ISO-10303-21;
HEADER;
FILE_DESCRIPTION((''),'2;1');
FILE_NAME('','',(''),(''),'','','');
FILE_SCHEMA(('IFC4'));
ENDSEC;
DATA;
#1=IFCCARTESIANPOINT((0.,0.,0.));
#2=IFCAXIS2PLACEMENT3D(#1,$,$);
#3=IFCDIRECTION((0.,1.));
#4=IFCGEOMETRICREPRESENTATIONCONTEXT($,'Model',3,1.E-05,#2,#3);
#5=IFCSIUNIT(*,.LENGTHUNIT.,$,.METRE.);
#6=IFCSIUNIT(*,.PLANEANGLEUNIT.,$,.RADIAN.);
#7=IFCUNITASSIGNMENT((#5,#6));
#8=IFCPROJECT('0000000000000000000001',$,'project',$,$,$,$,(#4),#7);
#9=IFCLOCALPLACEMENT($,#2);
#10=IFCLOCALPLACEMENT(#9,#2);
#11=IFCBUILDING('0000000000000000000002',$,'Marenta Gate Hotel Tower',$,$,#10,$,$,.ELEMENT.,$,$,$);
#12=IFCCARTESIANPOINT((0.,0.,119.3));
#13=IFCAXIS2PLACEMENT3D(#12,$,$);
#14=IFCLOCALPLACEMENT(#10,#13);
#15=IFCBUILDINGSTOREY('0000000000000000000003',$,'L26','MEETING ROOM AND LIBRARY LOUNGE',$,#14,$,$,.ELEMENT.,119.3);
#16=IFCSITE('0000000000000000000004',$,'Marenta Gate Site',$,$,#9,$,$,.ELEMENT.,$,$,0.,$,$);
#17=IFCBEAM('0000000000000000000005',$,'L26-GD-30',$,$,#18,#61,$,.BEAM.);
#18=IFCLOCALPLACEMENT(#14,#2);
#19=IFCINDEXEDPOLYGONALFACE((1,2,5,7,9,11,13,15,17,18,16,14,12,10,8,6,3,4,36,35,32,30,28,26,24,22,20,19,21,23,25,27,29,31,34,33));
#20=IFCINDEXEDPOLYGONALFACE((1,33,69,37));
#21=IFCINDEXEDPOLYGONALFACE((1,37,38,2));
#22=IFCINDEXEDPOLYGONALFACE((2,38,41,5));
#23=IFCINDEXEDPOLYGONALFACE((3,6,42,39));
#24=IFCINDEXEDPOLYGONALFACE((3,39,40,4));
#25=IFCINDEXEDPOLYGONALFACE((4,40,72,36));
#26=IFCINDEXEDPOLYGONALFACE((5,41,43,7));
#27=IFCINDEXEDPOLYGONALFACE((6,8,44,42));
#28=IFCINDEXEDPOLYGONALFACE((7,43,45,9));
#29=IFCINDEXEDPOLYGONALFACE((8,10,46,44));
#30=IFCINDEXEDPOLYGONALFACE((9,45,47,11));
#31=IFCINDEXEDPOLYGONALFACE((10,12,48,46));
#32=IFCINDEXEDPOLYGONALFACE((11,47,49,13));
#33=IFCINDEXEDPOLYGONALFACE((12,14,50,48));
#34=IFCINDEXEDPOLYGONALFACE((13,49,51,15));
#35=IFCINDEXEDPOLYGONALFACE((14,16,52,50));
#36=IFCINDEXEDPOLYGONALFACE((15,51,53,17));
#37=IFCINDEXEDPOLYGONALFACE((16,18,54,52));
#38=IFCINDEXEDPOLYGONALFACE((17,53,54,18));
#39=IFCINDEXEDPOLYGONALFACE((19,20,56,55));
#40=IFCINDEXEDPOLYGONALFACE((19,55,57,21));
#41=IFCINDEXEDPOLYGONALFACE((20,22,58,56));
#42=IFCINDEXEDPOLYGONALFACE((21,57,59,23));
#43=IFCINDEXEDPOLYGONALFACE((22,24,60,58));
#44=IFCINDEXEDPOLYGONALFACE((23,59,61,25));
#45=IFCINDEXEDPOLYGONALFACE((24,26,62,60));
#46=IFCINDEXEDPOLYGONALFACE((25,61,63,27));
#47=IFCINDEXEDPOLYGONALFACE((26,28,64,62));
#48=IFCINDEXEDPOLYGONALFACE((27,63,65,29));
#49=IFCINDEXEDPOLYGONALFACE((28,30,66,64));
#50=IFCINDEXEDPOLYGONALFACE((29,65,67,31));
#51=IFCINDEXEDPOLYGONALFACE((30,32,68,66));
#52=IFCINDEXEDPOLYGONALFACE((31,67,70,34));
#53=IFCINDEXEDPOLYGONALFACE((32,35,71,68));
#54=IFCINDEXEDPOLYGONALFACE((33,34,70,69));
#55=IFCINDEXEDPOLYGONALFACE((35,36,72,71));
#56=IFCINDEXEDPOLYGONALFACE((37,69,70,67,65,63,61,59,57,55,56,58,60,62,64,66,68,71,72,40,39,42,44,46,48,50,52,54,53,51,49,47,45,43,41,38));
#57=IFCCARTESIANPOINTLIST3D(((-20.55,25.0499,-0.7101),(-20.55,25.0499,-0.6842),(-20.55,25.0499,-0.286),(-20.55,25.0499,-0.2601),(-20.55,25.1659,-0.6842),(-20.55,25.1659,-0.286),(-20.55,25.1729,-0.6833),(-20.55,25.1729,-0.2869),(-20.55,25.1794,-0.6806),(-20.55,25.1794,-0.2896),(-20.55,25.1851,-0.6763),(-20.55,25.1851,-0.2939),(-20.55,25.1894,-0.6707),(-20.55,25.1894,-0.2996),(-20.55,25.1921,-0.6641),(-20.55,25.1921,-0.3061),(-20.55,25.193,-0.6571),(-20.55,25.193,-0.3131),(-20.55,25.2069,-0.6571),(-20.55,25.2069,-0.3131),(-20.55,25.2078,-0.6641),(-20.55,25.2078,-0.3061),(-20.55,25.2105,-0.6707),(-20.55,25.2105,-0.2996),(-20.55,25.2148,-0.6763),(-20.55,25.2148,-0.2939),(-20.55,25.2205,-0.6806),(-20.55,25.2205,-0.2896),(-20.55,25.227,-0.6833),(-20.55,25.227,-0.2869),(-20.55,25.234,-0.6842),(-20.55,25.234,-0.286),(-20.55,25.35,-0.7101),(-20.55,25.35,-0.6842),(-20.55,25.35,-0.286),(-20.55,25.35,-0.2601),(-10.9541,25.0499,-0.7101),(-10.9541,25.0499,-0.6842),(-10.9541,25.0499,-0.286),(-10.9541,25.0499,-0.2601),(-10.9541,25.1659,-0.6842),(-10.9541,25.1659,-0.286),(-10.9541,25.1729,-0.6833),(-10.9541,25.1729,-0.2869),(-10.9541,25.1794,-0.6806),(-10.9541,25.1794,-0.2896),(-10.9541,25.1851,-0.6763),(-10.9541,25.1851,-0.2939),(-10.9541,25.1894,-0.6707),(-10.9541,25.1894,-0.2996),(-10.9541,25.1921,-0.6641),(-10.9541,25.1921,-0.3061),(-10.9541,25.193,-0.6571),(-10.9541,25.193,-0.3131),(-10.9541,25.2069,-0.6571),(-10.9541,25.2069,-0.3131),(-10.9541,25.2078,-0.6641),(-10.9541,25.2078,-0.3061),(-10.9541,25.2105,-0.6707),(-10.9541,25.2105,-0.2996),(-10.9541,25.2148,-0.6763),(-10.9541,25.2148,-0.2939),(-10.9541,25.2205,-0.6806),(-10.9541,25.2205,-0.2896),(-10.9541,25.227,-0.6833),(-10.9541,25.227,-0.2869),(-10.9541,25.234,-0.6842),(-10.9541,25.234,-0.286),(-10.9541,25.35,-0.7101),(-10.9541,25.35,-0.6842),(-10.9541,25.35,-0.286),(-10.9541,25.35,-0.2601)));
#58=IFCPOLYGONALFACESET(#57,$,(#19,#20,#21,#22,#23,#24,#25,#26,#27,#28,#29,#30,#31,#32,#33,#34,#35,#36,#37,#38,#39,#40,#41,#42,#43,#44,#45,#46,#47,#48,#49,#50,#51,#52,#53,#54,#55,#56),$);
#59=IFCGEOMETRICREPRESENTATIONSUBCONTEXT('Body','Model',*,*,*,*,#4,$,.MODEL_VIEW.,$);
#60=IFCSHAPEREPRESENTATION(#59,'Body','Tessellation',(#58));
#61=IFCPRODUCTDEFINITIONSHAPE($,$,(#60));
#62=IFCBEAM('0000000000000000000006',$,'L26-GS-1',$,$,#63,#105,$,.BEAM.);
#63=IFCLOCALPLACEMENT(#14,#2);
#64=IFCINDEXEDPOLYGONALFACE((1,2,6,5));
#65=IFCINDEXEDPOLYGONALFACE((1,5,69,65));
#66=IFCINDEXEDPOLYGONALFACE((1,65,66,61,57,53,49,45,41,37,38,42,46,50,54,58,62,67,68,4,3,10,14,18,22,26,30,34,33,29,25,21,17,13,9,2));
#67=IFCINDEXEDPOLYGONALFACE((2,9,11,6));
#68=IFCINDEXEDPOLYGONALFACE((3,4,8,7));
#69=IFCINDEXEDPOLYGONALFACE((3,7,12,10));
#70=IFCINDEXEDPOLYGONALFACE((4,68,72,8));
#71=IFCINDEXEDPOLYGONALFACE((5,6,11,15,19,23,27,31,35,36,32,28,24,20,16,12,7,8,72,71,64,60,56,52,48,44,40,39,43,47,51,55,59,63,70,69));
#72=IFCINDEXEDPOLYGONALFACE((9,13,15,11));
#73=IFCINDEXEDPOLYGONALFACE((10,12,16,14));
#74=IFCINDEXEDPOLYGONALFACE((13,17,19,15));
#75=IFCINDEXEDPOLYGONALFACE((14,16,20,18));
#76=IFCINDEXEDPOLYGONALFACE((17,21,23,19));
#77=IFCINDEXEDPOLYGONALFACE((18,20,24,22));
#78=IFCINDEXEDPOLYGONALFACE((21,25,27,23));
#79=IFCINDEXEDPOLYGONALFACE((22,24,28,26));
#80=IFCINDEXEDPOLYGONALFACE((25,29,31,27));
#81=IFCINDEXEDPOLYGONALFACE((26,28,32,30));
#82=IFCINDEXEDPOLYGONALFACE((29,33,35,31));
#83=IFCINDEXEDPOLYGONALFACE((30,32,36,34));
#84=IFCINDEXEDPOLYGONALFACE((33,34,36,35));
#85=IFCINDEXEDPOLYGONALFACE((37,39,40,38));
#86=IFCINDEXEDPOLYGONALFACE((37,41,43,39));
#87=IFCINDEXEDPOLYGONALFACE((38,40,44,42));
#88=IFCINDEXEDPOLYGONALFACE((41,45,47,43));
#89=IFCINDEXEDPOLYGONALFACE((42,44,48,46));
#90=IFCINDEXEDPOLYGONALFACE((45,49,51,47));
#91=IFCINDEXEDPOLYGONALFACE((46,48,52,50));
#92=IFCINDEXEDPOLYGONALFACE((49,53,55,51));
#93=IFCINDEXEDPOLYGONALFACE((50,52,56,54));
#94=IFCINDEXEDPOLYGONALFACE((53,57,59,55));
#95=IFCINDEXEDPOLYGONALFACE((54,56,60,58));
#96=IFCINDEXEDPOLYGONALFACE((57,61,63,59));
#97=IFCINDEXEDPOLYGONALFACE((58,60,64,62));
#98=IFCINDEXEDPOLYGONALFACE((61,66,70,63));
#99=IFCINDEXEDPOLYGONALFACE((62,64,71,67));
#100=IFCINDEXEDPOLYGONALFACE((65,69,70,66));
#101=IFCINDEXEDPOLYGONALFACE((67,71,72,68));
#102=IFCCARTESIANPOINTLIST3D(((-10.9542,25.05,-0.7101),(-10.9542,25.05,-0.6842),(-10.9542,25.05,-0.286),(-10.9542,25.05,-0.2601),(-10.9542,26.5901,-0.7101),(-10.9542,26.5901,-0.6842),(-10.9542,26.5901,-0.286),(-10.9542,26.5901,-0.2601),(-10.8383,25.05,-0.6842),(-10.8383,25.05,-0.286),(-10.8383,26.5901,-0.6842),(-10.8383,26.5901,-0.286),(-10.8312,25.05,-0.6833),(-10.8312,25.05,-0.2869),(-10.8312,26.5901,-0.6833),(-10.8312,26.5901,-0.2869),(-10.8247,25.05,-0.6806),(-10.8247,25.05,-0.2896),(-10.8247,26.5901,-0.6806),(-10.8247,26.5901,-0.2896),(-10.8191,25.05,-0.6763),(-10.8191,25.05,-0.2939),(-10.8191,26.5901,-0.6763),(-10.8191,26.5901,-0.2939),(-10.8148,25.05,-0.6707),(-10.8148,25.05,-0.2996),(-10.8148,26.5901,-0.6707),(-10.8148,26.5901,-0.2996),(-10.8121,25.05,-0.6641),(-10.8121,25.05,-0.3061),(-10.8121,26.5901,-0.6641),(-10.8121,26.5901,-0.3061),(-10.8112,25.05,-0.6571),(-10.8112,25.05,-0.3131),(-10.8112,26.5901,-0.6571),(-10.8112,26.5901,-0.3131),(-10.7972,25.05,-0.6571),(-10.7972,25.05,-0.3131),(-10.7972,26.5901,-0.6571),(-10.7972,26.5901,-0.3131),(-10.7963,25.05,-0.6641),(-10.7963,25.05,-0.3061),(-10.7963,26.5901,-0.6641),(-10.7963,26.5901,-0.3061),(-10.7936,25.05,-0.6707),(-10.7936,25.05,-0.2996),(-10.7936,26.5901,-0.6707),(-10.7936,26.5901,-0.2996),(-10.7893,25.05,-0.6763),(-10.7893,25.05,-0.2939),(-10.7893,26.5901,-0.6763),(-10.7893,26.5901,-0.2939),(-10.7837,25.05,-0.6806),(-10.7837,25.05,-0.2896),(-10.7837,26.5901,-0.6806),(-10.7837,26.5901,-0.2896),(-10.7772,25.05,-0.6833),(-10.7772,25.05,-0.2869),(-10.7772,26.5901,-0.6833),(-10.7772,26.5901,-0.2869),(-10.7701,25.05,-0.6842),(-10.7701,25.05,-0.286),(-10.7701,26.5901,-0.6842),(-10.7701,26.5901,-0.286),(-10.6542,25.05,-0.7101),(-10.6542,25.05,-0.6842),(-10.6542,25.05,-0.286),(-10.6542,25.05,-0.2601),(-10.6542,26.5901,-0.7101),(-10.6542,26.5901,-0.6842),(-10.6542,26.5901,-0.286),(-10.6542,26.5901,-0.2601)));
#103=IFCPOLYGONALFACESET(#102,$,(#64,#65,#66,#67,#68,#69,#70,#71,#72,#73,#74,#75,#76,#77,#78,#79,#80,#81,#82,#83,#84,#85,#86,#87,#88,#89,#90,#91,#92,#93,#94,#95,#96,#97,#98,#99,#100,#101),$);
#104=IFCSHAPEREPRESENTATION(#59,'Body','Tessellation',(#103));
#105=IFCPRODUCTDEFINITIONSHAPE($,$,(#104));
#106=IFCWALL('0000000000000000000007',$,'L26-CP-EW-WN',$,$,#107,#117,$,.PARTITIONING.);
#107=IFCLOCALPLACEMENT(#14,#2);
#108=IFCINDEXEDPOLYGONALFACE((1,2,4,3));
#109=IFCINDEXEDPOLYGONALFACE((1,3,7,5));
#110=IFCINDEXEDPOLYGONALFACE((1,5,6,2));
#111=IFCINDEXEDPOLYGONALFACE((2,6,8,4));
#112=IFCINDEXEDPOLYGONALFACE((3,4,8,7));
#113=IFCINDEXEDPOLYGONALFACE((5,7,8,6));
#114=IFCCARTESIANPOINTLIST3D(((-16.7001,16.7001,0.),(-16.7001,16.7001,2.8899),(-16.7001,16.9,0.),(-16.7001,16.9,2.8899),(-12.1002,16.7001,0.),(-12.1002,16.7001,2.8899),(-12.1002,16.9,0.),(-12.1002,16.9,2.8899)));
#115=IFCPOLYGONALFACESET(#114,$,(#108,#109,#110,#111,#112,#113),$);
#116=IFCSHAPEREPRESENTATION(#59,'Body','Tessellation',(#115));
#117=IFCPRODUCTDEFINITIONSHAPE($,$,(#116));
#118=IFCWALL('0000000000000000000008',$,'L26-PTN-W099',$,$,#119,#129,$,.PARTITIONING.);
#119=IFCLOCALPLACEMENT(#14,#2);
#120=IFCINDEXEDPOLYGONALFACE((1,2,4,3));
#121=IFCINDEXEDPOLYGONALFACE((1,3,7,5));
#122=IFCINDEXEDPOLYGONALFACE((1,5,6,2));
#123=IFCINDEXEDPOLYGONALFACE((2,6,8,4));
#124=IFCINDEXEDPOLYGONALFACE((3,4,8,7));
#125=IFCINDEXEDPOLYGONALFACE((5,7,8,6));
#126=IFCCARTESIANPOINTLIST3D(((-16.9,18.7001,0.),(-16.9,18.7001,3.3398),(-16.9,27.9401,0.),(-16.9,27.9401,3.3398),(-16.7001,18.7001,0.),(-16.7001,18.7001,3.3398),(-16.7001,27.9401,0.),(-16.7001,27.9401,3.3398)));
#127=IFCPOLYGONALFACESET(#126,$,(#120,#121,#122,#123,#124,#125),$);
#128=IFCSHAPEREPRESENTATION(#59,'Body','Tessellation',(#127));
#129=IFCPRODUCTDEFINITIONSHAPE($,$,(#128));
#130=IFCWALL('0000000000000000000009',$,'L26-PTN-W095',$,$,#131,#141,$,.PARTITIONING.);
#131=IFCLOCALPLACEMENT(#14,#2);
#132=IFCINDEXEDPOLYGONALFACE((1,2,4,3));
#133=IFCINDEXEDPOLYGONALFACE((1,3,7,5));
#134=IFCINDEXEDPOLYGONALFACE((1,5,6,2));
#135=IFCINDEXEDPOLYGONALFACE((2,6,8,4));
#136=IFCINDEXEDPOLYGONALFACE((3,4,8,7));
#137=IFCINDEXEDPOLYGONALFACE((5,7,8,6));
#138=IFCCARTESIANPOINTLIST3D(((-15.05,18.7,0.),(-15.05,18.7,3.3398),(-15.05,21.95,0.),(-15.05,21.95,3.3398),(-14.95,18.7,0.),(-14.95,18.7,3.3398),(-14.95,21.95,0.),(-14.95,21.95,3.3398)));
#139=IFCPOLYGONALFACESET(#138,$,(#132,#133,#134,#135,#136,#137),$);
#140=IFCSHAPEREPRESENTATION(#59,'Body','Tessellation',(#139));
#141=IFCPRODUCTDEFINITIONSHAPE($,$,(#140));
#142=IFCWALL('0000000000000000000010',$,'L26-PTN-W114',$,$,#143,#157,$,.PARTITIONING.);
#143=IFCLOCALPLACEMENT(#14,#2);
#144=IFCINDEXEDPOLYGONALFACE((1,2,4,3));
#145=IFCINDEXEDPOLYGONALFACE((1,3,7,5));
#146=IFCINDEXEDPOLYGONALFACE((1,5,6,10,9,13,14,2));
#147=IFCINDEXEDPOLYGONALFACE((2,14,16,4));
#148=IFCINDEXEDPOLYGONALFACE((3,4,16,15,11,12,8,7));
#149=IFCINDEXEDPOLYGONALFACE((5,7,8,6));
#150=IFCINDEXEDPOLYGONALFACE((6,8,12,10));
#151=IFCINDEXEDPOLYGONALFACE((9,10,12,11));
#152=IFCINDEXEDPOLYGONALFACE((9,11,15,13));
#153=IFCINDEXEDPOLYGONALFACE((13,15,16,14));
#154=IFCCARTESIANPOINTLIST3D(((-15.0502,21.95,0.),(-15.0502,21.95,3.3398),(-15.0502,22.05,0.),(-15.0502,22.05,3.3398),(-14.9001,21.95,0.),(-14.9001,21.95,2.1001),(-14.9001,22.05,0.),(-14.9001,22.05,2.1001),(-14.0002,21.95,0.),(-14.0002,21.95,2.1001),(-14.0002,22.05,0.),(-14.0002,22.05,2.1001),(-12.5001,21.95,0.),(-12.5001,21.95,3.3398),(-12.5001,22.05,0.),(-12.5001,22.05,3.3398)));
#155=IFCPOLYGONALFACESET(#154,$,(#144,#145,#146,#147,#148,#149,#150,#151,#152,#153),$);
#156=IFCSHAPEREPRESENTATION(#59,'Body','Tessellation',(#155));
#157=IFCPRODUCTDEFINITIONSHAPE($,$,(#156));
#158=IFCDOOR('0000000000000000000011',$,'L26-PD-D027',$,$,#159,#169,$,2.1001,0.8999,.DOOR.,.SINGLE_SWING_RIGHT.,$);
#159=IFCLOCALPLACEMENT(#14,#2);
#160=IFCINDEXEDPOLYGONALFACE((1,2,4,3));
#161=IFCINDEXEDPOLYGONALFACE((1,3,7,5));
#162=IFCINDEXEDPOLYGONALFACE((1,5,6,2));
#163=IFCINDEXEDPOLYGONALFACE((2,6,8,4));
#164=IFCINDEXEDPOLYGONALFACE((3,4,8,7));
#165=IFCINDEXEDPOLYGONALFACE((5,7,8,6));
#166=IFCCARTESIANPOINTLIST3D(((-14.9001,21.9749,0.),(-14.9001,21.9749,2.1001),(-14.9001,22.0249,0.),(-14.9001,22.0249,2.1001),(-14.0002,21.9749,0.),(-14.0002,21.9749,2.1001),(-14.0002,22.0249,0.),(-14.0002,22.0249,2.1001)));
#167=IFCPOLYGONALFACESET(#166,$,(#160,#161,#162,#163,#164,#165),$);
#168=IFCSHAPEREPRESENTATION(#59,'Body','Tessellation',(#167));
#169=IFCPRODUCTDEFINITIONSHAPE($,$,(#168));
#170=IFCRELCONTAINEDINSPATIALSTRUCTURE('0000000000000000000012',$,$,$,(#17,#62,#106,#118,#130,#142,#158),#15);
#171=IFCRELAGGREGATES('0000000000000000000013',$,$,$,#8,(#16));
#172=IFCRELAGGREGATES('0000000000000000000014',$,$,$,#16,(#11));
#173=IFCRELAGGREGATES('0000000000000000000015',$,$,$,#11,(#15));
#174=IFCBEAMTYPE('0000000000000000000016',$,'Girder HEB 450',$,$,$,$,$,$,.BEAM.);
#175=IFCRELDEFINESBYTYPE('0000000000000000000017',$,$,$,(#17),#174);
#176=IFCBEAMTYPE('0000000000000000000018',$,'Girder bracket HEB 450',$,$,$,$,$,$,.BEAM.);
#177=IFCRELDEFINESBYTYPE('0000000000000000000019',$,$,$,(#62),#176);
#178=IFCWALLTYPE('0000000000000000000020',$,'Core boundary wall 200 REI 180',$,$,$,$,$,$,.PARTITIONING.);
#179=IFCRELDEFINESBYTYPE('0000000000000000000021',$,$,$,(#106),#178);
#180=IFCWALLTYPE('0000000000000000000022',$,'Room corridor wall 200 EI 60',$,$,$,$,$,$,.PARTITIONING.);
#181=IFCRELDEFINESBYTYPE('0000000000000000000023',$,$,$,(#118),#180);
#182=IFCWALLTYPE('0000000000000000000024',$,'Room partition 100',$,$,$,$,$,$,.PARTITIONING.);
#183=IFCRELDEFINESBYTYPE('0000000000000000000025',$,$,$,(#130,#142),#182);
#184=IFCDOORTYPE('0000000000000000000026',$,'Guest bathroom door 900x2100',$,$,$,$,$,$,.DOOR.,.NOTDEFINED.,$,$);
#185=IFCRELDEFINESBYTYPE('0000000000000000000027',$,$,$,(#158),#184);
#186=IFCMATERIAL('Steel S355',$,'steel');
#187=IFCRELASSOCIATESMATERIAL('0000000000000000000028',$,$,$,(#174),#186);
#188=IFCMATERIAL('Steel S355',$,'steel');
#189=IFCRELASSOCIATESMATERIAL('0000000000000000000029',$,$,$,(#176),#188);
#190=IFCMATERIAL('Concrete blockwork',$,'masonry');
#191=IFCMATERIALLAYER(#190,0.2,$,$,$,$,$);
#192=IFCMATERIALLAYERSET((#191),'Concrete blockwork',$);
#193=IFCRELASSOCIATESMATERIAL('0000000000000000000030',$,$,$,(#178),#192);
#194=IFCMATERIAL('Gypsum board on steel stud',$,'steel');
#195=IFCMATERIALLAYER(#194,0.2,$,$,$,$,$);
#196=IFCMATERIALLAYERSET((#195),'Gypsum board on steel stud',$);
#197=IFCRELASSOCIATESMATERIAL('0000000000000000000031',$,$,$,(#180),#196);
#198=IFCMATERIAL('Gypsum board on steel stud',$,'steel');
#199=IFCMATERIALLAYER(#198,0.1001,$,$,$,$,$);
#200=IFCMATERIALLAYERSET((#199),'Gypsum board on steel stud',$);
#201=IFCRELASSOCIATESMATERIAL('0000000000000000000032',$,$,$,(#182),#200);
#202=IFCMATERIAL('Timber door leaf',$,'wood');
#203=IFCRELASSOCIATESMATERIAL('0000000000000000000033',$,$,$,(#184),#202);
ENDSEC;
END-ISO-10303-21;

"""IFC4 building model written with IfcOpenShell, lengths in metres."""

from ifc_helpers import new_model, si_unit, direction, frame, frame_2d, origin, origin_2d, place, context, subcontext, project, spatial, rectangle, i_section, extrude, material, layer, layer_set, material_profile, profile_set, type_object, element, fill, save


model = new_model("IFC4")

# Units and contexts
model_context = context("Model", 3, precision=1e-05, world=origin(), true_north=direction((0.0, 1.0)))
body_context = subcontext(model_context, "Body", "Model", "MODEL_VIEW")
ifc_project = project(units=[si_unit("LENGTHUNIT", "METRE"), si_unit("PLANEANGLEUNIT", "RADIAN")], contexts=[model_context])

# Site, building, storey
site_placement = place(None, origin())
site = spatial("IfcSite", under=ifc_project, at=site_placement, Name="Marenta Gate Site", CompositionType="ELEMENT", RefElevation=0.0)
building_placement = place(site_placement, origin())
building = spatial("IfcBuilding", under=site, at=building_placement, Name="Marenta Gate Hotel Tower", CompositionType="ELEMENT")
storey_placement = place(building_placement, frame((0.0, 0.0, 119.3)))
storey = spatial("IfcBuildingStorey", under=building, at=storey_placement, Name="L26", Description="MEETING ROOM AND LIBRARY LOUNGE", CompositionType="ELEMENT", Elevation=119.3)

# Beams
ifc_material_1 = material(Name="Steel S355", Category="steel")
ifc_material_profile_1 = material_profile(ifc_material_1, i_section(OverallWidth=0.3, OverallDepth=0.45, WebThickness=0.0139, FlangeThickness=0.0259, FilletRadius=0.0271, at=origin_2d()), Name="HEB 450")
ifc_profile_set_1 = profile_set([ifc_material_profile_1], Name="Steel S355")
beam_type_1 = type_object("IfcBeamType", Name="Girder HEB 450", PredefinedType="BEAM", material=ifc_profile_set_1)
beam_1_placement = place(storey_placement, frame((-20.55, 25.2, -0.4851), z_axis=(1.0, 0.0, 0.0), x_axis=(0.0, 1.0, 0.0)))
element("IfcBeam", 1, at=beam_1_placement, inside=storey, type_object=beam_type_1, Name="L26-GD-30", PredefinedType="BEAM", context=body_context, shape_type="SweptSolid", body=[
    extrude(i_section(OverallWidth=0.3, OverallDepth=0.45, WebThickness=0.0139, FlangeThickness=0.0259, FilletRadius=0.0271, at=origin_2d()), origin(), (0.0, 0.0, 1.0), 9.5959),
])
ifc_material_2 = material(Name="Steel S355", Category="steel")
ifc_material_profile_2 = material_profile(ifc_material_2, i_section(OverallWidth=0.3, OverallDepth=0.45, WebThickness=0.0139, FlangeThickness=0.0259, FilletRadius=0.0271, at=origin_2d()), Name="HEB 450")
ifc_profile_set_2 = profile_set([ifc_material_profile_2], Name="Steel S355")
beam_type_2 = type_object("IfcBeamType", Name="Girder bracket HEB 450", PredefinedType="BEAM", material=ifc_profile_set_2)
beam_2_placement = place(storey_placement, frame((-10.8042, 25.05, -0.4851), z_axis=(0.0, 1.0, 0.0), x_axis=(-1.0, 0.0, 0.0)))
element("IfcBeam", 2, at=beam_2_placement, inside=storey, type_object=beam_type_2, Name="L26-GS-1", PredefinedType="BEAM", context=body_context, shape_type="SweptSolid", body=[
    extrude(i_section(OverallWidth=0.3, OverallDepth=0.45, WebThickness=0.0139, FlangeThickness=0.0259, FilletRadius=0.0271, at=origin_2d()), origin(), (0.0, 0.0, 1.0), 1.54),
])

# Walls
ifc_material_3 = material(Name="Concrete blockwork", Category="masonry")
ifc_layer_1 = layer(ifc_material_3, 0.2)
ifc_layer_set_1 = layer_set([ifc_layer_1], Name="Concrete blockwork")
wall_type_1 = type_object("IfcWallType", Name="Core boundary wall 200 REI 180", PredefinedType="PARTITIONING", material=ifc_layer_set_1)
wall_1_placement = place(storey_placement, frame((-16.7, 16.8, 0.0), z_axis=(0.0, 0.0, 1.0), x_axis=(1.0, 0.0, 0.0)))
element("IfcWall", 3, at=wall_1_placement, inside=storey, type_object=wall_type_1, Name="L26-CP-EW-WN", PredefinedType="PARTITIONING", context=body_context, shape_type="SweptSolid", body=[
    extrude(rectangle(XDim=4.5999, YDim=0.2, at=frame_2d((2.2998, 0.0))), origin(), (0.0, 0.0, 1.0), 2.8899),
])
ifc_material_4 = material(Name="Gypsum board on steel stud", Category="steel")
ifc_layer_2 = layer(ifc_material_4, 0.2)
ifc_layer_set_2 = layer_set([ifc_layer_2], Name="Gypsum board on steel stud")
wall_type_2 = type_object("IfcWallType", Name="Room corridor wall 200 EI 60", PredefinedType="PARTITIONING", material=ifc_layer_set_2)
wall_2_placement = place(storey_placement, frame((-16.8, 18.7, 0.0), z_axis=(0.0, 0.0, 1.0), x_axis=(0.0, 1.0, 0.0)))
element("IfcWall", 4, at=wall_2_placement, inside=storey, type_object=wall_type_2, Name="L26-PTN-W099", PredefinedType="PARTITIONING", context=body_context, shape_type="SweptSolid", body=[
    extrude(rectangle(XDim=9.24, YDim=0.2, at=frame_2d((4.6201, 0.0))), origin(), (0.0, 0.0, 1.0), 3.3398),
])

# Wall
ifc_material_5 = material(Name="Gypsum board on steel stud", Category="steel")
ifc_layer_3 = layer(ifc_material_5, 0.1001)
ifc_layer_set_3 = layer_set([ifc_layer_3], Name="Gypsum board on steel stud")
wall_type_3 = type_object("IfcWallType", Name="Room partition 100", PredefinedType="PARTITIONING", material=ifc_layer_set_3)
wall_3_placement = place(storey_placement, frame((-15.0, 18.7, 0.0), z_axis=(0.0, 0.0, 1.0), x_axis=(0.0, 1.0, 0.0)))
element("IfcWall", 5, at=wall_3_placement, inside=storey, type_object=wall_type_3, Name="L26-PTN-W095", PredefinedType="PARTITIONING", context=body_context, shape_type="SweptSolid", body=[
    extrude(rectangle(XDim=3.25, YDim=0.1001, at=frame_2d((1.625, 0.0))), origin(), (0.0, 0.0, 1.0), 3.3398),
])

# Wall, opening, door
wall_4_placement = place(storey_placement, frame((-15.05, 22.0, 0.0), z_axis=(0.0, 0.0, 1.0), x_axis=(1.0, 0.0, 0.0)))
wall_4 = element("IfcWall", 6, at=wall_4_placement, inside=storey, type_object=wall_type_3, Name="L26-PTN-W114", PredefinedType="PARTITIONING", context=body_context, shape_type="SweptSolid", body=[
    extrude(rectangle(XDim=2.55, YDim=0.1001, at=frame_2d((1.2749, 0.0))), origin(), (0.0, 0.0, 1.0), 3.3398),
])
opening_1_placement = place(wall_4_placement, frame((0.1499, 0.0, 0.0)))
opening_1 = element("IfcOpeningElement", 7, at=opening_1_placement, cuts=wall_4, PredefinedType="OPENING", context=body_context, shape_type="SweptSolid", body=[
    extrude(rectangle(XDim=0.8999, YDim=2.1001, at=frame_2d((0.45, 1.05))), frame((0.0, 0.05, 0.0), z_axis=(0.0, -1.0, 0.0), x_axis=(1.0, 0.0, 0.0)), (0.0, 0.0, 1.0), 0.1001),
])
ifc_material_6 = material(Name="Timber door leaf", Category="wood")
door_type_1 = type_object("IfcDoorType", Name="Guest bathroom door 900x2100", OperationType="NOTDEFINED", PredefinedType="DOOR", material=ifc_material_6)
door_1_placement = place(opening_1_placement, origin())
door_1 = element("IfcDoor", 8, at=door_1_placement, inside=storey, type_object=door_type_1, Name="L26-PD-D027", OperationType="SINGLE_SWING_RIGHT", OverallHeight=2.1001, OverallWidth=0.8999, PredefinedType="DOOR", context=body_context, shape_type="SweptSolid", body=[
    extrude(rectangle(XDim=0.8999, YDim=2.1001, at=frame_2d((0.45, 1.05))), frame((0.0, 0.0249, 0.0), z_axis=(0.0, -1.0, 0.0), x_axis=(1.0, 0.0, 0.0)), (0.0, 0.0, 1.0), 0.05),
])
fill(opening_1, door_1)

save(model, "model.ifc")
